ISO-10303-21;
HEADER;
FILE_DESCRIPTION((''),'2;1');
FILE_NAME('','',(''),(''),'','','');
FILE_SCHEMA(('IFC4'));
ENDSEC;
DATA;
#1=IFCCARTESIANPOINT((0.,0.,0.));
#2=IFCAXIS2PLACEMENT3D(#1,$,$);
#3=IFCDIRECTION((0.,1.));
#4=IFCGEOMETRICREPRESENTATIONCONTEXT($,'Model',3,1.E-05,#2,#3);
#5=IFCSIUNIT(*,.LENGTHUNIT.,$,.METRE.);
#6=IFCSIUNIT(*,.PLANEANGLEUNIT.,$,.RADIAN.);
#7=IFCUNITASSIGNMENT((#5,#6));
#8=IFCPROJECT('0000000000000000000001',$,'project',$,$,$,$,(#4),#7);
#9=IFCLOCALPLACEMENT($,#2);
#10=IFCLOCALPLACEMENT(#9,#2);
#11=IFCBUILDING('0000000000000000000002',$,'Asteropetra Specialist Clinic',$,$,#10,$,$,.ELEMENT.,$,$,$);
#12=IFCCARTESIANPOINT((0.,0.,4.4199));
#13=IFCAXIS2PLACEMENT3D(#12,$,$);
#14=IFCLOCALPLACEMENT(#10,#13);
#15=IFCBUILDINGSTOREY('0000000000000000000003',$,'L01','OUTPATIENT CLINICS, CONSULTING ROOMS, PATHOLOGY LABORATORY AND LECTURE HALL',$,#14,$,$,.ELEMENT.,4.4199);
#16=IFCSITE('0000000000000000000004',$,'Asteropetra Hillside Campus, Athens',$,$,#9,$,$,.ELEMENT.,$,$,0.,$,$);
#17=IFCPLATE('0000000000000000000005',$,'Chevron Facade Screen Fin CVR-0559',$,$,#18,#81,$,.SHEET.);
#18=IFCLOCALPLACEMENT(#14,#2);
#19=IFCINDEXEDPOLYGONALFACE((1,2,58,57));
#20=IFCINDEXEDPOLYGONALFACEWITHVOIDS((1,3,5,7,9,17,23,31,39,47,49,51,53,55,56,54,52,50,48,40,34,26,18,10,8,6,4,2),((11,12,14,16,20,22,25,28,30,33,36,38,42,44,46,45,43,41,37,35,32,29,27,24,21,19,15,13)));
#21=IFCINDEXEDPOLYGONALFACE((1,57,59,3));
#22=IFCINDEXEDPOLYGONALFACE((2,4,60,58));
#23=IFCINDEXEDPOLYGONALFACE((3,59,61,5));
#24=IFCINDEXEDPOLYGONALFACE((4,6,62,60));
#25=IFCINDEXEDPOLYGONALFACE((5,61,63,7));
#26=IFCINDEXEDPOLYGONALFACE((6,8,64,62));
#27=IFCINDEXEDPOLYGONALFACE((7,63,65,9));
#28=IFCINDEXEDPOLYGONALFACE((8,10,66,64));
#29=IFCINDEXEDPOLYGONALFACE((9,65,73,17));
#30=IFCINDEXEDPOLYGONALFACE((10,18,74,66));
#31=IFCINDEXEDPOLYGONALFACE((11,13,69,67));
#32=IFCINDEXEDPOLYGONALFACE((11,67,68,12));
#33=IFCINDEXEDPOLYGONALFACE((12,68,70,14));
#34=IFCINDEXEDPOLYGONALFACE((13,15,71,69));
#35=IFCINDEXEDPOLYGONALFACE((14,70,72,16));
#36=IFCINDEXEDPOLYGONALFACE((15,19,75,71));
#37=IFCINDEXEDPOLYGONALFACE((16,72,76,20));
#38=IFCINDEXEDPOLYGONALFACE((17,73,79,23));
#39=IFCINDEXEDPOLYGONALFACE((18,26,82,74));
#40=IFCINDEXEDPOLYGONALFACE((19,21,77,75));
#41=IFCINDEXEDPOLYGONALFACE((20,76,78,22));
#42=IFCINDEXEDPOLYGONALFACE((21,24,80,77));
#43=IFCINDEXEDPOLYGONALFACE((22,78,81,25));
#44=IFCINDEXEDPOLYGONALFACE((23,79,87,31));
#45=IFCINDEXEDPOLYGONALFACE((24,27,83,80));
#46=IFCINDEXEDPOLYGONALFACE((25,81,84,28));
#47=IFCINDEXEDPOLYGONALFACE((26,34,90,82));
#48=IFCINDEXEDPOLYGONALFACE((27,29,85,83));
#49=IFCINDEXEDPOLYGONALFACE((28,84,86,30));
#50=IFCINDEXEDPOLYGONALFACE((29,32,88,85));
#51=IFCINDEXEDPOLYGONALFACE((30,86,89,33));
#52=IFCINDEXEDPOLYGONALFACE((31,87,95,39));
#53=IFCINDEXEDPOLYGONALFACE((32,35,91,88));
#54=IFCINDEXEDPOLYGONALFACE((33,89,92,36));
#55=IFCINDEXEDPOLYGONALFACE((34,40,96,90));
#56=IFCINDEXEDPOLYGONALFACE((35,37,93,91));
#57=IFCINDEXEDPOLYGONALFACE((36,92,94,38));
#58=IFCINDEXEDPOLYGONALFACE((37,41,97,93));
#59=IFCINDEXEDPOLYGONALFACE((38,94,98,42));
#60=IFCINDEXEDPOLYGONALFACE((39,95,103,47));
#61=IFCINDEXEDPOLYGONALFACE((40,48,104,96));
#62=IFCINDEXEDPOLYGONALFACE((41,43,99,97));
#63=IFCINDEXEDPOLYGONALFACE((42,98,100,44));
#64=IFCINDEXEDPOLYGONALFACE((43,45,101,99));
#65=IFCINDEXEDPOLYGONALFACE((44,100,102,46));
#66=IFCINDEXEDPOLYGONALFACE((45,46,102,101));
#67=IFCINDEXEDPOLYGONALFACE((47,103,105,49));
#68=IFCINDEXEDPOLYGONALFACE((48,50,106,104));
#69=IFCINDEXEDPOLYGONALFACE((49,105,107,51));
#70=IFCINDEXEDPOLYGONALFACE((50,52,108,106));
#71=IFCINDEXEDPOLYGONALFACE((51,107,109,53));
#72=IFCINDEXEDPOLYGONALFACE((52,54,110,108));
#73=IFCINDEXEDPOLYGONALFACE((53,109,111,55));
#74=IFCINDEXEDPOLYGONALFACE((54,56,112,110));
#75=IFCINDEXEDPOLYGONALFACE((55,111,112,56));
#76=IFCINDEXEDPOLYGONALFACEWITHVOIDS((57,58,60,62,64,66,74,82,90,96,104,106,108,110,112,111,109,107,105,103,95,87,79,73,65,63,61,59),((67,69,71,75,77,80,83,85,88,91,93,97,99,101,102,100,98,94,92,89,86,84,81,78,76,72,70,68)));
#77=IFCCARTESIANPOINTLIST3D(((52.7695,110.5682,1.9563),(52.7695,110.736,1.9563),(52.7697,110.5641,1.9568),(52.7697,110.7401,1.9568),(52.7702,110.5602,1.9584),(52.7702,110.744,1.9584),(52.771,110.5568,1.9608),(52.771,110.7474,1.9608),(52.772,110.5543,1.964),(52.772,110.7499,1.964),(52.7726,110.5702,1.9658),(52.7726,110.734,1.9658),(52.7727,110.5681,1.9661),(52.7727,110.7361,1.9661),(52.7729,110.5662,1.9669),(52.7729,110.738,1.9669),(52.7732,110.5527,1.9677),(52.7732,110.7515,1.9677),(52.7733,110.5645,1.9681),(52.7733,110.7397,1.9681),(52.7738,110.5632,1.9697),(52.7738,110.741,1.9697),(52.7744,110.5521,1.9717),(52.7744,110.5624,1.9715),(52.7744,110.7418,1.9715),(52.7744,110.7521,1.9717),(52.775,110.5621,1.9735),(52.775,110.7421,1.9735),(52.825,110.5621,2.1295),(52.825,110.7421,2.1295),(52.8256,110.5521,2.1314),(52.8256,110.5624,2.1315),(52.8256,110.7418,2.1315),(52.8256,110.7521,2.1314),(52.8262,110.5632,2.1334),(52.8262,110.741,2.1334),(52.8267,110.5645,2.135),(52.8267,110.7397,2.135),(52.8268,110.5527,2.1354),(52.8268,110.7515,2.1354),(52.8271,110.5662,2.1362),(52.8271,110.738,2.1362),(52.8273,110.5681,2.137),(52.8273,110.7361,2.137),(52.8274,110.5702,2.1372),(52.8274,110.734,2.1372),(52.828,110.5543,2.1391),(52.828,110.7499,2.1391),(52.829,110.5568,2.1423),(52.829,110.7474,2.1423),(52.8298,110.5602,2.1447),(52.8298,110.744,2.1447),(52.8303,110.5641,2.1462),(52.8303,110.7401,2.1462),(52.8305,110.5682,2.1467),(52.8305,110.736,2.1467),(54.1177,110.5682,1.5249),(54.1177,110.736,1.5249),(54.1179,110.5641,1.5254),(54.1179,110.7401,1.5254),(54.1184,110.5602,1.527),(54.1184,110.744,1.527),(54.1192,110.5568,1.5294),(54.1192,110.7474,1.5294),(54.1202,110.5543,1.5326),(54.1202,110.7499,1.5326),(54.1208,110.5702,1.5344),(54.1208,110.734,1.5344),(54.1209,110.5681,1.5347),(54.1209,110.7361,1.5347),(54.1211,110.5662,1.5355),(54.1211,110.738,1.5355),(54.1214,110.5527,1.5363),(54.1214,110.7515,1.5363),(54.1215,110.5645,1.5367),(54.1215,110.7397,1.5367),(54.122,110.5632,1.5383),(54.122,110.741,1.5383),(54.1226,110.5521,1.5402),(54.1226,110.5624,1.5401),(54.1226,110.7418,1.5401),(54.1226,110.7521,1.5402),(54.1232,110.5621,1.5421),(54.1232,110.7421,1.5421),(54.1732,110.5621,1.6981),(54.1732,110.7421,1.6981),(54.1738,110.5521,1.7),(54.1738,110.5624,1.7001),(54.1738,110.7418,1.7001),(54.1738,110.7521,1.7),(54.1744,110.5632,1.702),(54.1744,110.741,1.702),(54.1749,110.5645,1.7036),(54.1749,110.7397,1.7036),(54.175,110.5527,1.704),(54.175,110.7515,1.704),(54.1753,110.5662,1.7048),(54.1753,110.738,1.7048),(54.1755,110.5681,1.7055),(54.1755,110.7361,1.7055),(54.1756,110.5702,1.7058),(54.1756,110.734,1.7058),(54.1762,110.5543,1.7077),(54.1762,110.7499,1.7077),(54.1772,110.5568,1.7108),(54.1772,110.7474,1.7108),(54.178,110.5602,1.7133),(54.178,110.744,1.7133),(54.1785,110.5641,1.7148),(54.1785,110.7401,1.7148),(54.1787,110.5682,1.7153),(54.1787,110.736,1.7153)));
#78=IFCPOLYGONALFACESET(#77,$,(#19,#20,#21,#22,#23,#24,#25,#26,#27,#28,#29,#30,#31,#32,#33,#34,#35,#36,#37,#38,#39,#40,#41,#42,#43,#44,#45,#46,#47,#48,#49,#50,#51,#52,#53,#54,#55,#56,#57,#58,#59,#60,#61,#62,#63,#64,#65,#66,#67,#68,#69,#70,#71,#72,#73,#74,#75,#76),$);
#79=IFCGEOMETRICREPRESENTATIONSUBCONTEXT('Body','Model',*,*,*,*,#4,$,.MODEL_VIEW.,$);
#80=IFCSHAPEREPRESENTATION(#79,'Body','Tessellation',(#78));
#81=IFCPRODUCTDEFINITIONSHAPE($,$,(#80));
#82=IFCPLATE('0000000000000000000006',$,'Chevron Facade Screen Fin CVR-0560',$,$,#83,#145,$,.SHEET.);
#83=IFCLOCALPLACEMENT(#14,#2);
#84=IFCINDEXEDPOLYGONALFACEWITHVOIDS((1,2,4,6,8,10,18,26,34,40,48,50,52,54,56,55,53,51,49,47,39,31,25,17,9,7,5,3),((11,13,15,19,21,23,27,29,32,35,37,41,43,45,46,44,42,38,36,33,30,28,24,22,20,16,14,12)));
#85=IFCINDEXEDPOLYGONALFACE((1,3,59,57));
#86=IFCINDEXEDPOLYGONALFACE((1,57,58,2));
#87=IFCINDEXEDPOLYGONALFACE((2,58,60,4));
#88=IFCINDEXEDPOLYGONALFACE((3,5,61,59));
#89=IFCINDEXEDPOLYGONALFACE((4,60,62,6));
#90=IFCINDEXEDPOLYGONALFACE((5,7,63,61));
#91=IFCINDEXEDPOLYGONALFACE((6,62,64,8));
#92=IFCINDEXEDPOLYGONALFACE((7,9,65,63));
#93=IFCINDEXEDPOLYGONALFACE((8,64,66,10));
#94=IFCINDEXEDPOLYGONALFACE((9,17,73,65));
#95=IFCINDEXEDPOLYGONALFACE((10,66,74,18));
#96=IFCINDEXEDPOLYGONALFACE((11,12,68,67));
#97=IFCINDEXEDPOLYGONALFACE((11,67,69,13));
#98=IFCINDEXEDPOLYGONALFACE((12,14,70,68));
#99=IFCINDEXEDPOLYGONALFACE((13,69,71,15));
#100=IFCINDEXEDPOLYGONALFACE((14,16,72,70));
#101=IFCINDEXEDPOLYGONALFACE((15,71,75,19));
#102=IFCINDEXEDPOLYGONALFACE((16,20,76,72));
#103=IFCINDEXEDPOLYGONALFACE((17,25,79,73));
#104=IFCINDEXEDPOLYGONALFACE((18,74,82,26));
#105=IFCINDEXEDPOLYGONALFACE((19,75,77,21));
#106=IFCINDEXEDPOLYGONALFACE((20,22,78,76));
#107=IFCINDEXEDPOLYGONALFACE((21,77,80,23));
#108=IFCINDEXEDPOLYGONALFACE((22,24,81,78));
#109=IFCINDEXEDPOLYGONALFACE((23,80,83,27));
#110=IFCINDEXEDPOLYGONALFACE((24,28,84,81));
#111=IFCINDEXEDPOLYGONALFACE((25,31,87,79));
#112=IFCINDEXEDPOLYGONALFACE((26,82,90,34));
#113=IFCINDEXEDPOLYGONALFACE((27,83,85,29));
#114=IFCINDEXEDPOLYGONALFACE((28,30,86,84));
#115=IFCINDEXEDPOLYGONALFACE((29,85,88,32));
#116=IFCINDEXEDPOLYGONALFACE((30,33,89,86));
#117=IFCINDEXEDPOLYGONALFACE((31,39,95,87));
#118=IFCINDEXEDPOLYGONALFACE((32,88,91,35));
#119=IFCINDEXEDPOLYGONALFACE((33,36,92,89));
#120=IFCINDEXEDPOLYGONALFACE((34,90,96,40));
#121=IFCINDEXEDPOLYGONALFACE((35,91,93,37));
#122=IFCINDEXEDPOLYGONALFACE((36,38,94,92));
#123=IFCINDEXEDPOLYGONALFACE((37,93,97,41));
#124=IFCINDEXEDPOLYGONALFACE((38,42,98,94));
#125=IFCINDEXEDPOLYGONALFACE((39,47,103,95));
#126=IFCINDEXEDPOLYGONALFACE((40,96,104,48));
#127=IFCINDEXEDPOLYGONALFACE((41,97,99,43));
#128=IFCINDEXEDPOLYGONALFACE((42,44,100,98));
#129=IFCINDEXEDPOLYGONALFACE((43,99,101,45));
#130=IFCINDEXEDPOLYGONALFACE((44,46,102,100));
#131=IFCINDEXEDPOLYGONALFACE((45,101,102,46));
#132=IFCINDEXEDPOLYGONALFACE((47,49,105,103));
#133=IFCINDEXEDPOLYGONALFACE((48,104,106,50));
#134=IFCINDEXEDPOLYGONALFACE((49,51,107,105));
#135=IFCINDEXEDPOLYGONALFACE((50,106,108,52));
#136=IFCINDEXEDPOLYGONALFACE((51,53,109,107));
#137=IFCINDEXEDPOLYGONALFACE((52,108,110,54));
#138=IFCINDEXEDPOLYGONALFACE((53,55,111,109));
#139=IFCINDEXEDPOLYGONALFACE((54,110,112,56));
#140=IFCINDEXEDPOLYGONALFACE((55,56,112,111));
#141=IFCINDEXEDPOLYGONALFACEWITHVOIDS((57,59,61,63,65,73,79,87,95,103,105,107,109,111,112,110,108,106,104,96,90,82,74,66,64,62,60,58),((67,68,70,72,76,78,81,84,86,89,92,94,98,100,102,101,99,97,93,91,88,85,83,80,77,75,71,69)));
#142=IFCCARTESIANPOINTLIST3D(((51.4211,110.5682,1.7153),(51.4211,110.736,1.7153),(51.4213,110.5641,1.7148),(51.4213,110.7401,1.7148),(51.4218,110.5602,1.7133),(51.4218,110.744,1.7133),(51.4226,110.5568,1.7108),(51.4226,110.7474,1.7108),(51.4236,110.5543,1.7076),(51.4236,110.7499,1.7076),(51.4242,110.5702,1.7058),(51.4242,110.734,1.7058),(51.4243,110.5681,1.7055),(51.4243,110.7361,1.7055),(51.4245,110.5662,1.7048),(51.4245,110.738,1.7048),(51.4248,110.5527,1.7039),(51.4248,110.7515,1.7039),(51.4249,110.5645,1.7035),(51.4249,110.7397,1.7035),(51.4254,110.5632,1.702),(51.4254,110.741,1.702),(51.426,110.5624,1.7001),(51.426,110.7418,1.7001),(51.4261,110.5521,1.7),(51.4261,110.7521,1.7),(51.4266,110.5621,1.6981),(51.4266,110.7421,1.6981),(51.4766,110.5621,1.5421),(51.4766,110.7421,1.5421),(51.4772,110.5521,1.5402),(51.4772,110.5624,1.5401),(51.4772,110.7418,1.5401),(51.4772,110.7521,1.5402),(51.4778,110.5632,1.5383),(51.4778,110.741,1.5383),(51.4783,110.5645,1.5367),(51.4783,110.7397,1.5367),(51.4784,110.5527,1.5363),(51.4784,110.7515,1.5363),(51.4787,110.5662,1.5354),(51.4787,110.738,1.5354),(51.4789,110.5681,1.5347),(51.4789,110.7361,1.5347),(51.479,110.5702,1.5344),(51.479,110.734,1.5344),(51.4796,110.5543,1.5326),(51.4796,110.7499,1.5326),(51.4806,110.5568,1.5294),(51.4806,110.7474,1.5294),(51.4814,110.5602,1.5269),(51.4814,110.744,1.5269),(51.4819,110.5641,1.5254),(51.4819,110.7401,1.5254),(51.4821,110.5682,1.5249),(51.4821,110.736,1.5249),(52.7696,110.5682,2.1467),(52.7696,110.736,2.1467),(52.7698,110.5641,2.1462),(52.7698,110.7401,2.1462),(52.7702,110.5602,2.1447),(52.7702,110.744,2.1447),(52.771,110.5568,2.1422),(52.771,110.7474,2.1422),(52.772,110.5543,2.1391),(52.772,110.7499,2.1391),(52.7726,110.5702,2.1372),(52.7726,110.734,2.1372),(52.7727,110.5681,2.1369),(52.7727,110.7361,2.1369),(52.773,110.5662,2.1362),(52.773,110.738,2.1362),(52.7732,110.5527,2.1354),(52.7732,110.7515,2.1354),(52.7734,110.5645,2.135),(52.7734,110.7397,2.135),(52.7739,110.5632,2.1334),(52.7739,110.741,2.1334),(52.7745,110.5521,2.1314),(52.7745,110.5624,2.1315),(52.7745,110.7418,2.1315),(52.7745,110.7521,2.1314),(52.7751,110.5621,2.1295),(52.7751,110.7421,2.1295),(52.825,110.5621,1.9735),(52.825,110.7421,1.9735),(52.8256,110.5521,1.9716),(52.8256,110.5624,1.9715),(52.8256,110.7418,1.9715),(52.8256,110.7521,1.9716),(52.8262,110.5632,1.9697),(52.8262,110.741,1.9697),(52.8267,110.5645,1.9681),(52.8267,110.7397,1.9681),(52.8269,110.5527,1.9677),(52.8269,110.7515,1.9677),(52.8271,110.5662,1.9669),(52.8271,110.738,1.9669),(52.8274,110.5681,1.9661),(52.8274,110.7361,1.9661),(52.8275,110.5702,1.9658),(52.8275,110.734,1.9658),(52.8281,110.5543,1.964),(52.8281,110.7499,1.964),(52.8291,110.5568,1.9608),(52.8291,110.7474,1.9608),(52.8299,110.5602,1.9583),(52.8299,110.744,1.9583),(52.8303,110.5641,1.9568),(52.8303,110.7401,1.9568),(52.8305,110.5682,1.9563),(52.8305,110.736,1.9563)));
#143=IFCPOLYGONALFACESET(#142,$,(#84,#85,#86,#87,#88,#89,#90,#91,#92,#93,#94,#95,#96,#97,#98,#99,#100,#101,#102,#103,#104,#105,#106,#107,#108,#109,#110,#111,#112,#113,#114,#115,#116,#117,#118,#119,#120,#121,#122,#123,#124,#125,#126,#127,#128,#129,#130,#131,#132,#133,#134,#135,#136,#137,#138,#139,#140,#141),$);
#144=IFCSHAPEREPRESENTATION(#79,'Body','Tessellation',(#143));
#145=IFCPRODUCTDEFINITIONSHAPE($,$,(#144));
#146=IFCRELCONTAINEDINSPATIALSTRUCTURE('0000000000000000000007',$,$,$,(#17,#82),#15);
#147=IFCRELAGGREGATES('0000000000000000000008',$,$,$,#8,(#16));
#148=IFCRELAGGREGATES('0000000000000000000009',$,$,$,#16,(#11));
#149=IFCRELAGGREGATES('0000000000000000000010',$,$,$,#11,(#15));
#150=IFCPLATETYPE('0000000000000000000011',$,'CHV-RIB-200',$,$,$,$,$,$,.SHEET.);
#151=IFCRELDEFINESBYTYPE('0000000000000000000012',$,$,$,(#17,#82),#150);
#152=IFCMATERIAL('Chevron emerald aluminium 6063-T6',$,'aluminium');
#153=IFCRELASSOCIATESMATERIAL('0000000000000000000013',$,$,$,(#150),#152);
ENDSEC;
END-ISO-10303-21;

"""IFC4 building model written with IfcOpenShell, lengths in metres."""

from ifc_helpers import new_model, si_unit, direction, frame, origin, origin_2d, place, context, subcontext, project, spatial, hollow_rectangle, extrude, material, material_profile, profile_set, type_object, element, save


model = new_model("IFC4")

# Units and contexts
model_context = context("Model", 3, precision=1e-05, world=origin(), true_north=direction((0.0, 1.0)))
body_context = subcontext(model_context, "Body", "Model", "MODEL_VIEW")
ifc_project = project(units=[si_unit("LENGTHUNIT", "METRE"), si_unit("PLANEANGLEUNIT", "RADIAN")], contexts=[model_context])

# Site, building, storey
site_placement = place(None, origin())
site = spatial("IfcSite", under=ifc_project, at=site_placement, Name="Asteropetra Hillside Campus, Athens", CompositionType="ELEMENT", RefElevation=0.0)
building_placement = place(site_placement, origin())
building = spatial("IfcBuilding", under=site, at=building_placement, Name="Asteropetra Specialist Clinic", CompositionType="ELEMENT")
storey_placement = place(building_placement, frame((0.0, 0.0, 4.4199)))
storey = spatial("IfcBuildingStorey", under=building, at=storey_placement, Name="L01", Description="OUTPATIENT CLINICS, CONSULTING ROOMS, PATHOLOGY LABORATORY AND LECTURE HALL", CompositionType="ELEMENT", Elevation=4.4199)

# Plates
ifc_material_1 = material(Name="Chevron emerald aluminium 6063-T6", Category="aluminium")
ifc_material_profile = material_profile(ifc_material_1, hollow_rectangle(XDim=0.2, YDim=0.2, WallThickness=0.01, InnerFilletRadius=0.0081, OuterFilletRadius=0.0161, at=origin_2d()), Name="SHS 200x200x10.0")
ifc_profile_set = profile_set([ifc_material_profile], Name="Chevron emerald aluminium 6063-T6")
plate_type_1 = type_object("IfcPlateType", Name="CHV-RIB-200", PredefinedType="SHEET", material=ifc_profile_set)
plate_1_placement = place(storey_placement, frame((54.1482, 110.6521, 1.6201), z_axis=(-0.952426, 0.0, 0.304769), x_axis=(0.0, -1.0, 0.0)))
element("IfcPlate", 1, at=plate_1_placement, inside=storey, type_object=plate_type_1, Name="Chevron Facade Screen Fin CVR-0559", PredefinedType="SHEET", context=body_context, shape_type="SweptSolid", body=[
    extrude(hollow_rectangle(XDim=0.2, YDim=0.2, WallThickness=0.01, InnerFilletRadius=0.0081, OuterFilletRadius=0.0161, at=origin_2d()), origin(), (0.0, 0.0, 1.0), 1.4155),
])
plate_2_placement = place(storey_placement, frame((52.8, 110.6521, 2.0515), z_axis=(-0.952442, 0.0, -0.304719), x_axis=(0.0, -1.0, 0.0)))
element("IfcPlate", 2, at=plate_2_placement, inside=storey, type_object=plate_type_1, Name="Chevron Facade Screen Fin CVR-0560", PredefinedType="SHEET", context=body_context, shape_type="SweptSolid", body=[
    extrude(hollow_rectangle(XDim=0.2, YDim=0.2, WallThickness=0.01, InnerFilletRadius=0.0081, OuterFilletRadius=0.0161, at=origin_2d()), origin(), (0.0, 0.0, 1.0), 1.4158),
])

save(model, "model.ifc")
